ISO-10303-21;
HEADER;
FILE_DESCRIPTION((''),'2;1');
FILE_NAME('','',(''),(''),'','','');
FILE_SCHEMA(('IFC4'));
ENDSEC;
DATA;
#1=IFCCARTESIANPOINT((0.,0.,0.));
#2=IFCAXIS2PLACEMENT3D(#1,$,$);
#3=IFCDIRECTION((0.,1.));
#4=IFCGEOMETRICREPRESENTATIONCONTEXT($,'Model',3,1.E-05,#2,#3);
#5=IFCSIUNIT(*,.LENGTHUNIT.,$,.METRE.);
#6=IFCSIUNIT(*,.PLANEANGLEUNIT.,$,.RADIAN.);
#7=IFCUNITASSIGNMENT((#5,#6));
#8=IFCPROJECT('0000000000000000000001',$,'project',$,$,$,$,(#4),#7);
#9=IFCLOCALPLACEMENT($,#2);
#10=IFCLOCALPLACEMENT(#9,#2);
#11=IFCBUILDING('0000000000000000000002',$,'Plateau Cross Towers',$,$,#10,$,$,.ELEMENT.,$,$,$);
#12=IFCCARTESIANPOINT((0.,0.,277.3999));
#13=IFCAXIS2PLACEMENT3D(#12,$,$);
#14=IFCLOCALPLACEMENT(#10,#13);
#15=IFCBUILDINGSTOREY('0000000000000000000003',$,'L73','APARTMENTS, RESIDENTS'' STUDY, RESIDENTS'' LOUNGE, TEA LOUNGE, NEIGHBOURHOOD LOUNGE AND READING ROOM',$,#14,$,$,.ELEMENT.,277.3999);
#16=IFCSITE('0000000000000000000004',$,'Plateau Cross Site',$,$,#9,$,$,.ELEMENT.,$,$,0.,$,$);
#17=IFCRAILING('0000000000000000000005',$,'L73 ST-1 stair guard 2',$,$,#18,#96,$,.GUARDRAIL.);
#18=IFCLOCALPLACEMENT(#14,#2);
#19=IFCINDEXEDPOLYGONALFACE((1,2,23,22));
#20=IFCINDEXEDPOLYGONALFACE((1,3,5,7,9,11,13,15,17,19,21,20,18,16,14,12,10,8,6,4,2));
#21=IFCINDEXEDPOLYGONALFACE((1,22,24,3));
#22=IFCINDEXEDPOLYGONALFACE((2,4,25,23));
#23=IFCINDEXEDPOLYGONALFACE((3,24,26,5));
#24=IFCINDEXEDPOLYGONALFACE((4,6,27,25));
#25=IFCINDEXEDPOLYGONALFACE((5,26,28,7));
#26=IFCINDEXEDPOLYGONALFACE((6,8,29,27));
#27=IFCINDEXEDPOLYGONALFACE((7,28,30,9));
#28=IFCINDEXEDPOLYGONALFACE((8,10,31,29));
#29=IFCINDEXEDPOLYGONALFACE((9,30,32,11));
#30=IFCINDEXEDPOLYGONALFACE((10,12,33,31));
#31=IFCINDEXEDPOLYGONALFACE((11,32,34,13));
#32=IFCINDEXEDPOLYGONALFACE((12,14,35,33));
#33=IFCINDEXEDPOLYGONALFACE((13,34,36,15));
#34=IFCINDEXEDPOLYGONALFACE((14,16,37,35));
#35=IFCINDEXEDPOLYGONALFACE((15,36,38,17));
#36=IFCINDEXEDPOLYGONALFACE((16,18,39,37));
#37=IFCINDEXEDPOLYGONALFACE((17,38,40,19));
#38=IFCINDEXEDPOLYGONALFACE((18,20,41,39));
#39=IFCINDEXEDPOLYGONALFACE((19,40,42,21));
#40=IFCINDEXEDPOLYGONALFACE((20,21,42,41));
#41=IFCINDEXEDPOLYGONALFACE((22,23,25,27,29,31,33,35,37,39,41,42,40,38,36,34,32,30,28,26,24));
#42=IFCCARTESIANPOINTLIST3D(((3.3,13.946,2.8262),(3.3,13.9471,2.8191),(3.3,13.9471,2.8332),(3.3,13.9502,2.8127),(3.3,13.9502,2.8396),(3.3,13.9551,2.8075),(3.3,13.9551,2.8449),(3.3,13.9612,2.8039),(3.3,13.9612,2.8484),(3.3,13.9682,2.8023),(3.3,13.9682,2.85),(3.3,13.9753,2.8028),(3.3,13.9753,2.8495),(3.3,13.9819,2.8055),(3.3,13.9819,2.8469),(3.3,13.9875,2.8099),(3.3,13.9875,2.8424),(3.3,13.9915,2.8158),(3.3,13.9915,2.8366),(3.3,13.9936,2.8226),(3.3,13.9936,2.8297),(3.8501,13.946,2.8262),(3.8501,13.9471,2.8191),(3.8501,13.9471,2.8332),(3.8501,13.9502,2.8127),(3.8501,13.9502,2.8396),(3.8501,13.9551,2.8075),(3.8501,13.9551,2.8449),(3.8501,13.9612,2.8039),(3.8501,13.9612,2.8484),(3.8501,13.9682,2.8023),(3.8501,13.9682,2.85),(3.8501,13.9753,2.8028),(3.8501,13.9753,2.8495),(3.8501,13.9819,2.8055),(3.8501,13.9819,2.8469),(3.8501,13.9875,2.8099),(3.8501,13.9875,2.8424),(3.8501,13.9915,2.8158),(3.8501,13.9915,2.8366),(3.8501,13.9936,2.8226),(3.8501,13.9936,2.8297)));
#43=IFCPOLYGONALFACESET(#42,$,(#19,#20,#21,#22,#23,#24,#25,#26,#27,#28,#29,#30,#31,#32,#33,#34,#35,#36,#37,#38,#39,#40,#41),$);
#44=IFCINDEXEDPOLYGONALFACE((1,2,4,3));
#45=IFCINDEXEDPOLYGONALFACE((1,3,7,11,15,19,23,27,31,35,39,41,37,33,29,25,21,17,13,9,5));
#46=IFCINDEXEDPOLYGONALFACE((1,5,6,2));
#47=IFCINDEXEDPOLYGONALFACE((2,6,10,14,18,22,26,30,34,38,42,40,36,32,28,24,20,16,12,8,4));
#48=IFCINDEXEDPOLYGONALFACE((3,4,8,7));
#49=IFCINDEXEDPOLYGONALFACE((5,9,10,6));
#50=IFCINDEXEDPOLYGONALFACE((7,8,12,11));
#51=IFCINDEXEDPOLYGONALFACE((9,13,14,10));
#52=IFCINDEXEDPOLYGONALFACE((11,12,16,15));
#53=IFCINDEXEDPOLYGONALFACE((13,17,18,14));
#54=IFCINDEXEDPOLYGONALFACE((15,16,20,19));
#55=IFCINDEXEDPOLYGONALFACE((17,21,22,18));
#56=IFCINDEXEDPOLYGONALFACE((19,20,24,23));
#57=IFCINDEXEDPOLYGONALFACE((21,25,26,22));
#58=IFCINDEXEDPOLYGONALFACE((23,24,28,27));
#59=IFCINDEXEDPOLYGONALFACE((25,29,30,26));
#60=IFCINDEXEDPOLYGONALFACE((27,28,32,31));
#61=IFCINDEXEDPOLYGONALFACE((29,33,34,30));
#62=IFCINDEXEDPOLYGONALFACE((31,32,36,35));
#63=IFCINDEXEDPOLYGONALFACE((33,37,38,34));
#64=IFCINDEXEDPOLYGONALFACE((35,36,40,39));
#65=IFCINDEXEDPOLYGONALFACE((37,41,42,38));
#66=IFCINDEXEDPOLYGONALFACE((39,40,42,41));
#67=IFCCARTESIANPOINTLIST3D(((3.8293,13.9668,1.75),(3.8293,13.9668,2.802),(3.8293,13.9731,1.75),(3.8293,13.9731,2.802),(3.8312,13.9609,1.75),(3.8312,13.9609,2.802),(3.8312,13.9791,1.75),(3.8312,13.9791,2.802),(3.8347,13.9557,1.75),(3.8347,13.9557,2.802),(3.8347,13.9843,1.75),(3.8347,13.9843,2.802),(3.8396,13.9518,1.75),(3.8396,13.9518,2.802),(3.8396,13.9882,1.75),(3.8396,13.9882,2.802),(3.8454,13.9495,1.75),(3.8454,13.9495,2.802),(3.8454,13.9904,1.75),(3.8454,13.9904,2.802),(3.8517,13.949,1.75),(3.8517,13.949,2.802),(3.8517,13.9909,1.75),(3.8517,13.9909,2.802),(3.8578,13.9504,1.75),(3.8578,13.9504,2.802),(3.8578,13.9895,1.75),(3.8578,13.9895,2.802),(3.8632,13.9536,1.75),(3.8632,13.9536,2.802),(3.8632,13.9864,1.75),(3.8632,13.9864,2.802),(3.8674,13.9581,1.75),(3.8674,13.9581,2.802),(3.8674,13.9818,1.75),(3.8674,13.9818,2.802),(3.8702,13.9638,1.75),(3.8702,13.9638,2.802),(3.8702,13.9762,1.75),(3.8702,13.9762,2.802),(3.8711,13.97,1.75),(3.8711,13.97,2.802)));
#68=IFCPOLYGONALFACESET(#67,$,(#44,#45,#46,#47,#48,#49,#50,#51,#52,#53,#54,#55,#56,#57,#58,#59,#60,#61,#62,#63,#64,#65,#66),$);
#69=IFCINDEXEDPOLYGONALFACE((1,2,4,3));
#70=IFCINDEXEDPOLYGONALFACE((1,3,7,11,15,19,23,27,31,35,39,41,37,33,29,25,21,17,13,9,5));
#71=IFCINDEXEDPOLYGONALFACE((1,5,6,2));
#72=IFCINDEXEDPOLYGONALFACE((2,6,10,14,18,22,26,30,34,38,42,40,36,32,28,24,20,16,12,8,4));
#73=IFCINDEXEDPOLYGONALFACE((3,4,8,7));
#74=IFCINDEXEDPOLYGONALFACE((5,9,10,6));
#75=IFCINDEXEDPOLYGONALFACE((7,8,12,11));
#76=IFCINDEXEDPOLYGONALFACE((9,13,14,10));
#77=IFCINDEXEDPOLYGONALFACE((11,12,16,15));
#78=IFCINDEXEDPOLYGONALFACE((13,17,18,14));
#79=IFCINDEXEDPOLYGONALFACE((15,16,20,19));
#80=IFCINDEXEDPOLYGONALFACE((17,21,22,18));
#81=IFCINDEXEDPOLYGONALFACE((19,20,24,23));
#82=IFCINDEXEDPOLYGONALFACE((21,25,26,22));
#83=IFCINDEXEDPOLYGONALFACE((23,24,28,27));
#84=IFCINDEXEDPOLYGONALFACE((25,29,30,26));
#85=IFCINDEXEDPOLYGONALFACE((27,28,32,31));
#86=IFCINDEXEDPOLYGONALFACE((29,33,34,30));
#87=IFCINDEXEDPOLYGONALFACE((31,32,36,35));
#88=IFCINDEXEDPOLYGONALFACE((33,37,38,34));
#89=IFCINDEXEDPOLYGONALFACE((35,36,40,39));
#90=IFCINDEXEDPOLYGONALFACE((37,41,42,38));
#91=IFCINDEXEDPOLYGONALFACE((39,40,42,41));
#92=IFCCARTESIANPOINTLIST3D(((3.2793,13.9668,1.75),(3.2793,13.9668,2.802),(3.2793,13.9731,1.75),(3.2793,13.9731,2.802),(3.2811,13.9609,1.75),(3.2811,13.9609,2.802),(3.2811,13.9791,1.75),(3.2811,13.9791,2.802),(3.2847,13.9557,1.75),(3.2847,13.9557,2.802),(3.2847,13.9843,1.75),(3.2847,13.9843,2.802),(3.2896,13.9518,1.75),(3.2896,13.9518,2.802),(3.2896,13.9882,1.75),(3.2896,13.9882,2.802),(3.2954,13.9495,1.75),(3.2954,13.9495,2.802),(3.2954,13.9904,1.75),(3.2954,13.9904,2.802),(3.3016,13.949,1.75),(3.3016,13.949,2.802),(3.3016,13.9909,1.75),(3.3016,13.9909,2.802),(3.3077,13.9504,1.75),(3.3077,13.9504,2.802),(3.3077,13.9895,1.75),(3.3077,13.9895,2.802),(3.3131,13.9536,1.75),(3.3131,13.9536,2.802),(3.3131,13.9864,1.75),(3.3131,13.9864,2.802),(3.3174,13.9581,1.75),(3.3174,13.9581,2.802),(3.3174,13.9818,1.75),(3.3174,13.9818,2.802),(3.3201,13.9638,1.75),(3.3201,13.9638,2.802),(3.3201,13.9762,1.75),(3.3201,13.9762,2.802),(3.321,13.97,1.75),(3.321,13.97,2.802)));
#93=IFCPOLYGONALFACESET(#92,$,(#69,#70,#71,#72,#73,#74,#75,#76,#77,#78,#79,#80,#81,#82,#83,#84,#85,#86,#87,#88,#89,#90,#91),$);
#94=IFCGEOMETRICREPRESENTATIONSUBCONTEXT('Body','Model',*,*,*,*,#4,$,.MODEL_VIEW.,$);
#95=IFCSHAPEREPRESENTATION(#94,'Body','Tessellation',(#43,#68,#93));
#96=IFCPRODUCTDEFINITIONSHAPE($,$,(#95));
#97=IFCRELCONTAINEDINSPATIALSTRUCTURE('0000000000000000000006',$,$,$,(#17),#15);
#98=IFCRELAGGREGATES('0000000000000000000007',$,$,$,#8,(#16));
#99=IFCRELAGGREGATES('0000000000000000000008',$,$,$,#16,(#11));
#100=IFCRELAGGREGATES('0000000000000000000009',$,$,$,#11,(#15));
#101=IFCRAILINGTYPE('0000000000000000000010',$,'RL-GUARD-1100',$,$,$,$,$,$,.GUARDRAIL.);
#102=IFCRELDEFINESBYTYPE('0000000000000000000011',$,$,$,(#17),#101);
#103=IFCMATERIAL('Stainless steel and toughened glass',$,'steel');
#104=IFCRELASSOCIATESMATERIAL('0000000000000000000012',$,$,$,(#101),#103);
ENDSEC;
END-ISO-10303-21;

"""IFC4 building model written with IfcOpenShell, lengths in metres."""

from ifc_helpers import new_model, si_unit, direction, frame, origin, origin_2d, place, context, subcontext, project, spatial, circle, extrude, material, type_object, element, save


model = new_model("IFC4")

# Units and contexts
model_context = context("Model", 3, precision=1e-05, world=origin(), true_north=direction((0.0, 1.0)))
body_context = subcontext(model_context, "Body", "Model", "MODEL_VIEW")
ifc_project = project(units=[si_unit("LENGTHUNIT", "METRE"), si_unit("PLANEANGLEUNIT", "RADIAN")], contexts=[model_context])

# Site, building, storey
site_placement = place(None, origin())
site = spatial("IfcSite", under=ifc_project, at=site_placement, Name="Plateau Cross Site", CompositionType="ELEMENT", RefElevation=0.0)
building_placement = place(site_placement, origin())
building = spatial("IfcBuilding", under=site, at=building_placement, Name="Plateau Cross Towers", CompositionType="ELEMENT")
storey_placement = place(building_placement, frame((0.0, 0.0, 277.3999)))
storey = spatial("IfcBuildingStorey", under=building, at=storey_placement, Name="L73", Description="APARTMENTS, RESIDENTS' STUDY, RESIDENTS' LOUNGE, TEA LOUNGE, NEIGHBOURHOOD LOUNGE AND READING ROOM", CompositionType="ELEMENT", Elevation=277.3999)

# Railing
ifc_material_1 = material(Name="Stainless steel and toughened glass", Category="steel")
railing_type_1 = type_object("IfcRailingType", Name="RL-GUARD-1100", PredefinedType="GUARDRAIL", material=ifc_material_1)
railing_1_placement = place(storey_placement, frame((3.8501, 13.97, 1.75)))
element("IfcRailing", 1, at=railing_1_placement, inside=storey, type_object=railing_type_1, Name="L73 ST-1 stair guard 2", PredefinedType="GUARDRAIL", context=body_context, shape_type="SweptSolid", body=[
    extrude(circle(Radius=0.0239, at=origin_2d()), frame((0.0, 0.0, 1.0762), z_axis=(-1.0, 0.0, 0.0), x_axis=(0.0, -1.0, 0.0)), (0.0, 0.0, 1.0), 0.55),
    extrude(circle(Radius=0.021, at=origin_2d()), origin(), (0.0, 0.0, 1.0), 1.052),
    extrude(circle(Radius=0.021, at=origin_2d()), frame((-0.55, 0.0, 0.0)), (0.0, 0.0, 1.0), 1.052),
])

save(model, "model.ifc")
